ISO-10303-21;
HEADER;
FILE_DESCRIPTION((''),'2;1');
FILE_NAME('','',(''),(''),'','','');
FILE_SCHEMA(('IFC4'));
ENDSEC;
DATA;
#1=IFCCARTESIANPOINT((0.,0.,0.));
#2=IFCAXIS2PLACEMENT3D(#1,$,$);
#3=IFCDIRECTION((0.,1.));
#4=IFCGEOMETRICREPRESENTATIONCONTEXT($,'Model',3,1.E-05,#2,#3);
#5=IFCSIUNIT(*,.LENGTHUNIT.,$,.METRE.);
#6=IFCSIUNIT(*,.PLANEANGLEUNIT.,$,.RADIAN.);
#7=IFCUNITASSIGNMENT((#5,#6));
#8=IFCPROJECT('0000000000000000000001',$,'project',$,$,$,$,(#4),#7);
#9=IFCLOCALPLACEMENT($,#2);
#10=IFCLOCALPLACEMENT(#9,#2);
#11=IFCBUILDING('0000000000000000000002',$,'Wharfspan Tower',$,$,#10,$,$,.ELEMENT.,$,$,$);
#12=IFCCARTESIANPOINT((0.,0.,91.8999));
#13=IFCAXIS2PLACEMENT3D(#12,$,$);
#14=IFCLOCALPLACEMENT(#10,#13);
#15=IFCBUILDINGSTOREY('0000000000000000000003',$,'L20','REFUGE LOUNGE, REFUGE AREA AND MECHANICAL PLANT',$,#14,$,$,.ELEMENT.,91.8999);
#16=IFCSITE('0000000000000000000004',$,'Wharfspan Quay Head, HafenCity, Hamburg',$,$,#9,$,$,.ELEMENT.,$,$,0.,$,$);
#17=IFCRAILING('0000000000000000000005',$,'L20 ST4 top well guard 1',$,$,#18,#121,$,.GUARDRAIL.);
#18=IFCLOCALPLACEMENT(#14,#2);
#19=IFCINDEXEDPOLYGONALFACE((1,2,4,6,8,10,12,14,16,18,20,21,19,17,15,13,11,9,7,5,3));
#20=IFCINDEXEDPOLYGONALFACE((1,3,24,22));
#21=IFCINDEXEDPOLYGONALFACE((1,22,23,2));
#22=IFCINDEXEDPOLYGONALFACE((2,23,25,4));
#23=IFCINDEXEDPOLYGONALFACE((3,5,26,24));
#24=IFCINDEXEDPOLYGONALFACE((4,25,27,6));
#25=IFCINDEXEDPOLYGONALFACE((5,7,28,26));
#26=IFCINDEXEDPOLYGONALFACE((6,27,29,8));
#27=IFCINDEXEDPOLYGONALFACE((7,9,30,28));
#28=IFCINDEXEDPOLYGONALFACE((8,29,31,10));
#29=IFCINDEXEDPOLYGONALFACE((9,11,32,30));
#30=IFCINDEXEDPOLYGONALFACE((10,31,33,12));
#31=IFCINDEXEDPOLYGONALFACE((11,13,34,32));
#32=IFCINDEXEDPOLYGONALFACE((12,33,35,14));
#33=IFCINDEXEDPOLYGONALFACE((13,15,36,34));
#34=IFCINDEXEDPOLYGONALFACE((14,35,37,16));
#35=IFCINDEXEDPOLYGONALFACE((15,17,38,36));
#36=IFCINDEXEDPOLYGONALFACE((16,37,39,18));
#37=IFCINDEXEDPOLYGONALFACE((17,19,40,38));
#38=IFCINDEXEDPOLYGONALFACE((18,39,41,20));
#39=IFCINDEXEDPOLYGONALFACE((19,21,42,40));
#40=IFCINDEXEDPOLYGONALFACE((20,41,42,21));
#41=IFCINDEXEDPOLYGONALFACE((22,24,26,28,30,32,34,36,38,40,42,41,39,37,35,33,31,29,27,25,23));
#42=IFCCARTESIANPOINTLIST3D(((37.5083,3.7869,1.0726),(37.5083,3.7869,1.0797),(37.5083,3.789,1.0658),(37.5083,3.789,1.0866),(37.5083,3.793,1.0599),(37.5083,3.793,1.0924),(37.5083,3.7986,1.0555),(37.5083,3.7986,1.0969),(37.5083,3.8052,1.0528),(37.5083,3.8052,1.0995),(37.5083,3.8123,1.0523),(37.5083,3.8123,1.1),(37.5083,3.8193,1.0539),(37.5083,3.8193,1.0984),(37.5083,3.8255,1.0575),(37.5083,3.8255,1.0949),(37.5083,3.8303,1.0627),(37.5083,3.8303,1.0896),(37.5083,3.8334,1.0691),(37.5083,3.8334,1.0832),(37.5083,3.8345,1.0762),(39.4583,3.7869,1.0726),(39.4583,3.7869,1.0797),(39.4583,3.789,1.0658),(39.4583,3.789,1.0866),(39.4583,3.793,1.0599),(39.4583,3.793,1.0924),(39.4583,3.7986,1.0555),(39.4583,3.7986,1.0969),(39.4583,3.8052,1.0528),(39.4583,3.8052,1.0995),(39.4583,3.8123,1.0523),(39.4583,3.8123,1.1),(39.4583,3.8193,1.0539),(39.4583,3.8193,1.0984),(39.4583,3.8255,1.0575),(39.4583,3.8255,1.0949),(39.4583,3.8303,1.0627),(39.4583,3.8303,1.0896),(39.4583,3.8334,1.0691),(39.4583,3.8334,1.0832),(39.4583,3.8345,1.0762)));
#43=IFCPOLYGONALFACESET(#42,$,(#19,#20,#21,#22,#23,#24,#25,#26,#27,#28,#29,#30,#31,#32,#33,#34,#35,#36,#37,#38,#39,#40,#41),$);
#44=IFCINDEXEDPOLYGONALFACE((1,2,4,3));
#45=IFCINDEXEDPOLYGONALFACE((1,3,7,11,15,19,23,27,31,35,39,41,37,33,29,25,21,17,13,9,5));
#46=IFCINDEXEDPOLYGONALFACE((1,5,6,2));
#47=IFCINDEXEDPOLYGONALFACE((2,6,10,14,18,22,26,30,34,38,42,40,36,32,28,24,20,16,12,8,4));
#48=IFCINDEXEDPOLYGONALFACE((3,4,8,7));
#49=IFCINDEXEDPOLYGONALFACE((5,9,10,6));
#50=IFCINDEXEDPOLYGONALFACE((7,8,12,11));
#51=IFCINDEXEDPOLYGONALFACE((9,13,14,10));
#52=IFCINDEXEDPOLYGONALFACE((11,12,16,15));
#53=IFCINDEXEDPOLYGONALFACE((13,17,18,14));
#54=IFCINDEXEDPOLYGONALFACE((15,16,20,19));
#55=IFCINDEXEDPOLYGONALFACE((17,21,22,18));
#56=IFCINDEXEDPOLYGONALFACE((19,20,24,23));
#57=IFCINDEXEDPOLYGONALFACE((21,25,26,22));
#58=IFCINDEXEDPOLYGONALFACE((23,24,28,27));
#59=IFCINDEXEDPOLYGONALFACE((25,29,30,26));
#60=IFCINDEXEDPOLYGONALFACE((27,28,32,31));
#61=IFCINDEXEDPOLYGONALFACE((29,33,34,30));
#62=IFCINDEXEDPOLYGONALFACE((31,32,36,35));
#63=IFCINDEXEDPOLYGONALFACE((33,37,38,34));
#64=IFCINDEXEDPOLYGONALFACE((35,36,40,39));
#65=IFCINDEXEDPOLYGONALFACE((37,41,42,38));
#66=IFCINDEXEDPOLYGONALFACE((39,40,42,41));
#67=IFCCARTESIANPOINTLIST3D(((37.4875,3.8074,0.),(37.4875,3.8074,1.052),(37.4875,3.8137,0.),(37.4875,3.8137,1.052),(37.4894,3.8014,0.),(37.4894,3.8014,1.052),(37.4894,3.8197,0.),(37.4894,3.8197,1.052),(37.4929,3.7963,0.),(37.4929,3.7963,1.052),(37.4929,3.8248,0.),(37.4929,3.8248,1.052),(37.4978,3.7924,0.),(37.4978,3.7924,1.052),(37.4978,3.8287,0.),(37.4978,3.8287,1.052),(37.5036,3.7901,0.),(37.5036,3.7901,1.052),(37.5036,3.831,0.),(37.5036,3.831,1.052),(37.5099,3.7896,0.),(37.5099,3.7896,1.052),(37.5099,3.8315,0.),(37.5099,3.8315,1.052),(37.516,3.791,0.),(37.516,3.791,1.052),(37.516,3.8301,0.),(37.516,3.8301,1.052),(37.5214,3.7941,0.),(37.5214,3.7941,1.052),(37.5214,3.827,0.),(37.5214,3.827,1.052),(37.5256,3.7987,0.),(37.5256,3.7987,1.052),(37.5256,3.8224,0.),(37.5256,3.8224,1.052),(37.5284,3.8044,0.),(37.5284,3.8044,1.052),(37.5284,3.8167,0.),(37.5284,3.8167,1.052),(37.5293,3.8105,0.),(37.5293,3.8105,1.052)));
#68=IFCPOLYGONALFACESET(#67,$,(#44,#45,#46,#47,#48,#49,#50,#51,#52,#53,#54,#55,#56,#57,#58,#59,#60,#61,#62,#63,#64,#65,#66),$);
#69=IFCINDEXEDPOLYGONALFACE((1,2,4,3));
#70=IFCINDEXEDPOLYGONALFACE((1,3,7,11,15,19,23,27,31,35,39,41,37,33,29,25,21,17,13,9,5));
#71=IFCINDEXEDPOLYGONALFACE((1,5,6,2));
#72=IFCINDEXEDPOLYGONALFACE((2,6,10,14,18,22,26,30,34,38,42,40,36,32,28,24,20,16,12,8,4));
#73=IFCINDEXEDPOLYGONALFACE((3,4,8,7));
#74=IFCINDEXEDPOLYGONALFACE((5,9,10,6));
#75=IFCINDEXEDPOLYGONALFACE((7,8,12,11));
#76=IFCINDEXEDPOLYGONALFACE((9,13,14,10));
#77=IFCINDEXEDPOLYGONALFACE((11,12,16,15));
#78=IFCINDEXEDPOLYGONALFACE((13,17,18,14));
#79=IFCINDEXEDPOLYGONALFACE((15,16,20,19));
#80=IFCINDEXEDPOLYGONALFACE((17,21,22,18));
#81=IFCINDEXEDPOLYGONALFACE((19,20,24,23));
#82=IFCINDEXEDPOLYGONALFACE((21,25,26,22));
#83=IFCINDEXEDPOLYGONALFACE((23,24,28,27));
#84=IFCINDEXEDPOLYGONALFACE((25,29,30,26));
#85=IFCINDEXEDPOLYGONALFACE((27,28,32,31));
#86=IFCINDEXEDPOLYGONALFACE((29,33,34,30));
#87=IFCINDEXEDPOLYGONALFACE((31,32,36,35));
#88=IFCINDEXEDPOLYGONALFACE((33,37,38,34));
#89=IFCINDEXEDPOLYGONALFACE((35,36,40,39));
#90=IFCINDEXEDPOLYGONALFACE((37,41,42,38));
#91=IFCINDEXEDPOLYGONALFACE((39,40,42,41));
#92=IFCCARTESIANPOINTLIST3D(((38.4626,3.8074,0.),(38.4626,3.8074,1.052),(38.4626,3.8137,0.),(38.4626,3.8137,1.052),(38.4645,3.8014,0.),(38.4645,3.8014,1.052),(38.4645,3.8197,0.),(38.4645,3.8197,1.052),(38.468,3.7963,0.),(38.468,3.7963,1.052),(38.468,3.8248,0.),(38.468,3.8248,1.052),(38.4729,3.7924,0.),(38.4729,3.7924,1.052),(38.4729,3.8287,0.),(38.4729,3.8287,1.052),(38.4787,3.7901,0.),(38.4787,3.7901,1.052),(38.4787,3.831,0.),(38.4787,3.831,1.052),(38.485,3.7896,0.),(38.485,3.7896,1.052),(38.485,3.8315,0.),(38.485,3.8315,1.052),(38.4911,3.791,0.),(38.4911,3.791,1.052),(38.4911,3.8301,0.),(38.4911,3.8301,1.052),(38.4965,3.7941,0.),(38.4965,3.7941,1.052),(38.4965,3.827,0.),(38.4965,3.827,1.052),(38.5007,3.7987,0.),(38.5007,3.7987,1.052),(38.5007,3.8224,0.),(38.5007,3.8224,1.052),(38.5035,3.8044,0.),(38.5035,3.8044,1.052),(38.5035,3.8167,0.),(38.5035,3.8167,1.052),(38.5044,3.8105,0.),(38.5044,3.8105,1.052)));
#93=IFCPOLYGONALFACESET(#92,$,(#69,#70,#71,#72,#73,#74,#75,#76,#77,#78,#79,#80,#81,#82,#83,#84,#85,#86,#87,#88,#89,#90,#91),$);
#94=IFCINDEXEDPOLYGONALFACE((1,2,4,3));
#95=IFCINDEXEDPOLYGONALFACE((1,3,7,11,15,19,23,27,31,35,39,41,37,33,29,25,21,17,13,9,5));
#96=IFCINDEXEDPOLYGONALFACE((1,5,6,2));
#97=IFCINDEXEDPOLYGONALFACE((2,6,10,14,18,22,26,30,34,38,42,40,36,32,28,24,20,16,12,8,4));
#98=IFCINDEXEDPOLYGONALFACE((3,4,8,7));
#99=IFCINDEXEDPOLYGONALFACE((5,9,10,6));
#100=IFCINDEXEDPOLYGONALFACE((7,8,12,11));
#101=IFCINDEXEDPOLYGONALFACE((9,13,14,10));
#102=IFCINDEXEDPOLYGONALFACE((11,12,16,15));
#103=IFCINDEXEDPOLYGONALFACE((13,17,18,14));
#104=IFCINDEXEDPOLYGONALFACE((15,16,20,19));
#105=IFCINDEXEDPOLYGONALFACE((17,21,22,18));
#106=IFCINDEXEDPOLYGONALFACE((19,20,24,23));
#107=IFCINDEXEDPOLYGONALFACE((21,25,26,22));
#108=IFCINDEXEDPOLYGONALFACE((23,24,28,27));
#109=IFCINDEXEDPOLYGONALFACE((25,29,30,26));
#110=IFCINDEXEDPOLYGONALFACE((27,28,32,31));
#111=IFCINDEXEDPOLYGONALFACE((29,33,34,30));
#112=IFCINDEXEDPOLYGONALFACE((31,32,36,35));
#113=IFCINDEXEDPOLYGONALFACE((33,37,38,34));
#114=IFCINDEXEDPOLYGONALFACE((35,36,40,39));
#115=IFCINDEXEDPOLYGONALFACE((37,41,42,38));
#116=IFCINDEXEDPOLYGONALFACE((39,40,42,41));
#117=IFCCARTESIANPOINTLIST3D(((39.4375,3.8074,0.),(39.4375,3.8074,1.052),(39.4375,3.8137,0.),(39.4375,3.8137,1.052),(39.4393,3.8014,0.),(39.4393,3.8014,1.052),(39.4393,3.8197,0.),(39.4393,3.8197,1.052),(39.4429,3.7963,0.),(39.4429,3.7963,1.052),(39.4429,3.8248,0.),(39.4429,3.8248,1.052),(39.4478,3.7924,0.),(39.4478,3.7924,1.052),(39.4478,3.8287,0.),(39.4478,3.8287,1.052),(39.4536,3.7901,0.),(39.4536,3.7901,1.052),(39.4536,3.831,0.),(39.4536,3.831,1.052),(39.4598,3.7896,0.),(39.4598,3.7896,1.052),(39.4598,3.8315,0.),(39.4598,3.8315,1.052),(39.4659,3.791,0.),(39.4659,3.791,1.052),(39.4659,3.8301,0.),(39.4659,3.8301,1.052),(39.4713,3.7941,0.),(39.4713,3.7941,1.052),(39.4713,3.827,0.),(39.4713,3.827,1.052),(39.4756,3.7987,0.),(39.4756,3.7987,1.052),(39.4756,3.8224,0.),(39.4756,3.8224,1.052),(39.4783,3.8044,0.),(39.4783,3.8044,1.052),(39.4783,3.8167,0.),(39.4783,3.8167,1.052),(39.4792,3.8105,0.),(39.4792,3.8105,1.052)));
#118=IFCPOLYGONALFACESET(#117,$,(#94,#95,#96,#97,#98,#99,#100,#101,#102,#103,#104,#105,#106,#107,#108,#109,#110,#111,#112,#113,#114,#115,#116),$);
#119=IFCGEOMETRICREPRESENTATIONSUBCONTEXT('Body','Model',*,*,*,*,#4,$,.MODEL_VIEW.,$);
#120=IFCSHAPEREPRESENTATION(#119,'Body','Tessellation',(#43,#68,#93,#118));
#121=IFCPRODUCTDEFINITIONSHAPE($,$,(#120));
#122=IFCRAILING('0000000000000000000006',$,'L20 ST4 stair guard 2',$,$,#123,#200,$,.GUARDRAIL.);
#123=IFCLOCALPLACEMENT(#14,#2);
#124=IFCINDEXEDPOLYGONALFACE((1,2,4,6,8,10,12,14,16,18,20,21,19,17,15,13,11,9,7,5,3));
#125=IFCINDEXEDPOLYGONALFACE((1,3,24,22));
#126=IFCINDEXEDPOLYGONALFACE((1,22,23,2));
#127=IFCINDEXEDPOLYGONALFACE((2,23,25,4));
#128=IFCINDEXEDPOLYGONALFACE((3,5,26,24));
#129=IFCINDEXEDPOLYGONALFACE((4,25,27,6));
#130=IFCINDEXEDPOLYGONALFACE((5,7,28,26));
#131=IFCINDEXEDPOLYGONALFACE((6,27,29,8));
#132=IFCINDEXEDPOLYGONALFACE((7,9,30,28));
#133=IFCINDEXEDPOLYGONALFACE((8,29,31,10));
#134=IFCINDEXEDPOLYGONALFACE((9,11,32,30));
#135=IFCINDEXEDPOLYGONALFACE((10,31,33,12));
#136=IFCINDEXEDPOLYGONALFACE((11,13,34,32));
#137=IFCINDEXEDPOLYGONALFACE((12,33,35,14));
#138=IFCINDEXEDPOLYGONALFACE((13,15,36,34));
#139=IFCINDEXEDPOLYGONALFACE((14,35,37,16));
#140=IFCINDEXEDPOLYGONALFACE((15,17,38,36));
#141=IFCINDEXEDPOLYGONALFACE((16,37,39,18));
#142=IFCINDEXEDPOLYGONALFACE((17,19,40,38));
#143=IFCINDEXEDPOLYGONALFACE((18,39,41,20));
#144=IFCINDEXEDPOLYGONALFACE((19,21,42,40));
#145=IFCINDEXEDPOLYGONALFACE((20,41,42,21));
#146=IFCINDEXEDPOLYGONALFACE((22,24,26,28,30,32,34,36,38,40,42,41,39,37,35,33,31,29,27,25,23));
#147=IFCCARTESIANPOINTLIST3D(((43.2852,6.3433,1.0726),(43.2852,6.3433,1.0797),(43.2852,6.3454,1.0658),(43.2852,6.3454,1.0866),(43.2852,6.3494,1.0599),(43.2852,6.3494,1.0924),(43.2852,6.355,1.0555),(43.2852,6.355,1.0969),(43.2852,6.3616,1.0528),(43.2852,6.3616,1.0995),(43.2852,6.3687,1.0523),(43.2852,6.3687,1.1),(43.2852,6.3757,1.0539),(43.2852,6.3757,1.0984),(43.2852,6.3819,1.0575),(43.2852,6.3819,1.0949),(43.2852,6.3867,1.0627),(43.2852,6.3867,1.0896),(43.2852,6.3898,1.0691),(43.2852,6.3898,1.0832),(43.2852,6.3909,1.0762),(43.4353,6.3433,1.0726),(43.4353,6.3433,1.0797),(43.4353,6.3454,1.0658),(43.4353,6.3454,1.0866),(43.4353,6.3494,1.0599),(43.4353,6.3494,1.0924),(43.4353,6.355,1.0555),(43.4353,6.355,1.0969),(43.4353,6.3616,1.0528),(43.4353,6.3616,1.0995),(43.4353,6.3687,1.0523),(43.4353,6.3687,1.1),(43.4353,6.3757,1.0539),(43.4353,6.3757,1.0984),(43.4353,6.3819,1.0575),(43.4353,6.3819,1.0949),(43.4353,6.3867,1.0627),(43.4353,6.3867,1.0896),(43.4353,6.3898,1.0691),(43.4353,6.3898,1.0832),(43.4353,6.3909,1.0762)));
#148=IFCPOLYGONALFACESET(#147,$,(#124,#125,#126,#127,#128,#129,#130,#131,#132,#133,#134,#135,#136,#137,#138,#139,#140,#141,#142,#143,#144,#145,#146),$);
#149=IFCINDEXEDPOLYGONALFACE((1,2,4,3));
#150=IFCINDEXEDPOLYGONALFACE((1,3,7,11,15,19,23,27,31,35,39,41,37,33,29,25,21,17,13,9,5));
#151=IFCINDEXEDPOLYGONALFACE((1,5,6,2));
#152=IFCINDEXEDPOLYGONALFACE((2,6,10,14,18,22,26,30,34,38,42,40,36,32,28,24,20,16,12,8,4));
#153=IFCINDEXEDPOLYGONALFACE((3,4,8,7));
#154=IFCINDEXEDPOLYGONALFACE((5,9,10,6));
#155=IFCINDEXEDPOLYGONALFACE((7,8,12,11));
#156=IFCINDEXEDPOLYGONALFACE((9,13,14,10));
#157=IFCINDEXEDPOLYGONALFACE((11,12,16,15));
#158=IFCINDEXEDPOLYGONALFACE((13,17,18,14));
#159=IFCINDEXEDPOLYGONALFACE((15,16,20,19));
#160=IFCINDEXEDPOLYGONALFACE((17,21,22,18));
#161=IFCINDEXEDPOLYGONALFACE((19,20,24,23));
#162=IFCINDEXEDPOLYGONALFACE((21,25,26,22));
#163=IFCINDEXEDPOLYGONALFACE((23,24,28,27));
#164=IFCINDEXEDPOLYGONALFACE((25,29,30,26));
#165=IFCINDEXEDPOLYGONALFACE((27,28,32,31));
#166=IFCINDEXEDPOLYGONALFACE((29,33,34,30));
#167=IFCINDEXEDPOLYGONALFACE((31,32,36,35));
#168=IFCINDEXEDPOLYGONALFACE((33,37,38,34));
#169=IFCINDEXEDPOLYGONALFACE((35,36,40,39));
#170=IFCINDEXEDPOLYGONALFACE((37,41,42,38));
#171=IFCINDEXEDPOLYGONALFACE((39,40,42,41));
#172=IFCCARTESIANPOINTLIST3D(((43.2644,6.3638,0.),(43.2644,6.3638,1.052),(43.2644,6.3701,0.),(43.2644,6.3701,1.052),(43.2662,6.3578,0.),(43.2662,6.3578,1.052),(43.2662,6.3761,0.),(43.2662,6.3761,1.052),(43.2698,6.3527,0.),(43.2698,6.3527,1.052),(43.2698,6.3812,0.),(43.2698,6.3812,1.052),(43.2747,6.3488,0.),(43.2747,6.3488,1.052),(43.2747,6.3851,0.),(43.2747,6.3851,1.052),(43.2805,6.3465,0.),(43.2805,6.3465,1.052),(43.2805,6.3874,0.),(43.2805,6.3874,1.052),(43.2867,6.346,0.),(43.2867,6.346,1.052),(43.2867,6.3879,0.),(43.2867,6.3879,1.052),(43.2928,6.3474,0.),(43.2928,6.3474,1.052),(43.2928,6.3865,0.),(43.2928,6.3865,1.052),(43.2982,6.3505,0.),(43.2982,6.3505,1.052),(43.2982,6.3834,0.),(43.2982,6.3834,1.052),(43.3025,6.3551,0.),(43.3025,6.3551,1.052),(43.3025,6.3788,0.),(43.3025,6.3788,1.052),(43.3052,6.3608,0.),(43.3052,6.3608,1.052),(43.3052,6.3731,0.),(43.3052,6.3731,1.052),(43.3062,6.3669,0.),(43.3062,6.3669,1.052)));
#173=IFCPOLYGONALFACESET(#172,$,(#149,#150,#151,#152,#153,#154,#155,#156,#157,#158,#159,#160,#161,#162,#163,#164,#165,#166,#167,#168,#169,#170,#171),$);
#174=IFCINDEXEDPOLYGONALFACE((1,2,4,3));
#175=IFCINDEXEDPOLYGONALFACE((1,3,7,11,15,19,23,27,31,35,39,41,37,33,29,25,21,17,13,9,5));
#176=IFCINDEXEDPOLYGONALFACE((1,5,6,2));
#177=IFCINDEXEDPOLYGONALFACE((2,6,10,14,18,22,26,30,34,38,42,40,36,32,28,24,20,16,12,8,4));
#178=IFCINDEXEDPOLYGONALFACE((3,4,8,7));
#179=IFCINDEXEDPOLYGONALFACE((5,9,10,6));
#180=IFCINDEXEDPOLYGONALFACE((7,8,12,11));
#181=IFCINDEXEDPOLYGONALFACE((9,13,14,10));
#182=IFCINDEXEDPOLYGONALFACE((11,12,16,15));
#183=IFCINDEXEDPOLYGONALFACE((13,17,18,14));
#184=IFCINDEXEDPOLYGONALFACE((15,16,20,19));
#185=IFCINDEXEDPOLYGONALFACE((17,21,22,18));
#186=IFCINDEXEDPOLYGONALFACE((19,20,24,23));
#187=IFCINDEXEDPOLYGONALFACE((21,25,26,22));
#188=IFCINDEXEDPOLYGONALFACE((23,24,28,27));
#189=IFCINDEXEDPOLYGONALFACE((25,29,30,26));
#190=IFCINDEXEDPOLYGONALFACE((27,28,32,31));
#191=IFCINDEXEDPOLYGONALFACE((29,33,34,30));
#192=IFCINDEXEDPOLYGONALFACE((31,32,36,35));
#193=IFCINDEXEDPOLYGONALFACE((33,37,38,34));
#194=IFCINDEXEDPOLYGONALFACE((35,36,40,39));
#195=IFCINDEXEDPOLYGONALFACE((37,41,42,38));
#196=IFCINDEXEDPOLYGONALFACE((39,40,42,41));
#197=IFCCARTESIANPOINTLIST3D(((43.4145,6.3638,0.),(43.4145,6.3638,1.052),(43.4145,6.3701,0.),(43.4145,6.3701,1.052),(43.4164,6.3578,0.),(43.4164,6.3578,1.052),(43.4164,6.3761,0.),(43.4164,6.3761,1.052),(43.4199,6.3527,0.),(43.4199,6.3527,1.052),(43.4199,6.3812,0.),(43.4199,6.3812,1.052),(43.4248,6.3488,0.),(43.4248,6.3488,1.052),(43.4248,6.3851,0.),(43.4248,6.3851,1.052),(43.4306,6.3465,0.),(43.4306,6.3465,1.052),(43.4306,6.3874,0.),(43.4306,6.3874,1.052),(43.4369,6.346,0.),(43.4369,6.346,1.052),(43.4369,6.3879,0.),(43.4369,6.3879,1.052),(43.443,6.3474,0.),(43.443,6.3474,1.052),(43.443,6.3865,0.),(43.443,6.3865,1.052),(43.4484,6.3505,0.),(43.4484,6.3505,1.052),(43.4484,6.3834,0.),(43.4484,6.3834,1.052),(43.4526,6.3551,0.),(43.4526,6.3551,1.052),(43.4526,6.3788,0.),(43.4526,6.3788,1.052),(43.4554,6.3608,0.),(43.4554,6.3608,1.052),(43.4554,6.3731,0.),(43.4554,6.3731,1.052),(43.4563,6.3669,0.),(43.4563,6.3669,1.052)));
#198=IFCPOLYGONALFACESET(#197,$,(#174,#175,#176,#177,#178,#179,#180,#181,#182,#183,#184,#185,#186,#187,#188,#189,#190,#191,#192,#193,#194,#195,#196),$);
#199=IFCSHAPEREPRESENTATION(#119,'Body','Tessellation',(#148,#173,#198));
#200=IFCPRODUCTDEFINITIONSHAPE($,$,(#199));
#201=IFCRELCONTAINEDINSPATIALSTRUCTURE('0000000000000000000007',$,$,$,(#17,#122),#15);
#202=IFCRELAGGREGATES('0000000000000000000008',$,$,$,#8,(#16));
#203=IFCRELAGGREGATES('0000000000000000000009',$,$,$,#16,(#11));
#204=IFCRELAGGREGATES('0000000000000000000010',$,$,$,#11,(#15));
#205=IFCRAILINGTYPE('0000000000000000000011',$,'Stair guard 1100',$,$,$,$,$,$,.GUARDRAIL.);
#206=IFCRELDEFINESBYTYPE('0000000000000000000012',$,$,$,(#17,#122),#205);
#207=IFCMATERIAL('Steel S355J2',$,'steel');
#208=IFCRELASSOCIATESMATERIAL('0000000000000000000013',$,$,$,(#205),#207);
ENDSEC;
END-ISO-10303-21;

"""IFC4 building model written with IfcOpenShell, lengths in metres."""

from ifc_helpers import new_model, si_unit, direction, frame, origin, origin_2d, place, context, subcontext, project, spatial, circle, extrude, material, type_object, element, save


model = new_model("IFC4")

# Units and contexts
model_context = context("Model", 3, precision=1e-05, world=origin(), true_north=direction((0.0, 1.0)))
body_context = subcontext(model_context, "Body", "Model", "MODEL_VIEW")
ifc_project = project(units=[si_unit("LENGTHUNIT", "METRE"), si_unit("PLANEANGLEUNIT", "RADIAN")], contexts=[model_context])

# Site, building, storey
site_placement = place(None, origin())
site = spatial("IfcSite", under=ifc_project, at=site_placement, Name="Wharfspan Quay Head, HafenCity, Hamburg", CompositionType="ELEMENT", RefElevation=0.0)
building_placement = place(site_placement, origin())
building = spatial("IfcBuilding", under=site, at=building_placement, Name="Wharfspan Tower", CompositionType="ELEMENT")
storey_placement = place(building_placement, frame((0.0, 0.0, 91.8999)))
storey = spatial("IfcBuildingStorey", under=building, at=storey_placement, Name="L20", Description="REFUGE LOUNGE, REFUGE AREA AND MECHANICAL PLANT", CompositionType="ELEMENT", Elevation=91.8999)

# Railings
ifc_material_1 = material(Name="Steel S355J2", Category="steel")
railing_type_1 = type_object("IfcRailingType", Name="Stair guard 1100", PredefinedType="GUARDRAIL", material=ifc_material_1)
railing_1_placement = place(storey_placement, frame((37.5083, 3.8105, 0.0)))
element("IfcRailing", 1, at=railing_1_placement, inside=storey, type_object=railing_type_1, Name="L20 ST4 top well guard 1", PredefinedType="GUARDRAIL", context=body_context, shape_type="SweptSolid", body=[
    extrude(circle(Radius=0.0239, at=origin_2d()), frame((0.0, 0.0, 1.0762), z_axis=(1.0, 0.0, 0.0), x_axis=(0.0, 1.0, 0.0)), (0.0, 0.0, 1.0), 1.95),
    extrude(circle(Radius=0.021, at=origin_2d()), origin(), (0.0, 0.0, 1.0), 1.052),
    extrude(circle(Radius=0.021, at=origin_2d()), frame((0.9751, 0.0, 0.0)), (0.0, 0.0, 1.0), 1.052),
    extrude(circle(Radius=0.021, at=origin_2d()), frame((1.95, 0.0, 0.0)), (0.0, 0.0, 1.0), 1.052),
])
railing_2_placement = place(storey_placement, frame((43.2852, 6.3669, 0.0)))
element("IfcRailing", 2, at=railing_2_placement, inside=storey, type_object=railing_type_1, Name="L20 ST4 stair guard 2", PredefinedType="GUARDRAIL", context=body_context, shape_type="SweptSolid", body=[
    extrude(circle(Radius=0.0239, at=origin_2d()), frame((0.0, 0.0, 1.0762), z_axis=(1.0, 0.0, 0.0), x_axis=(0.0, 1.0, 0.0)), (0.0, 0.0, 1.0), 0.1501),
    extrude(circle(Radius=0.021, at=origin_2d()), origin(), (0.0, 0.0, 1.0), 1.052),
    extrude(circle(Radius=0.021, at=origin_2d()), frame((0.1501, 0.0, 0.0)), (0.0, 0.0, 1.0), 1.052),
])

save(model, "model.ifc")
